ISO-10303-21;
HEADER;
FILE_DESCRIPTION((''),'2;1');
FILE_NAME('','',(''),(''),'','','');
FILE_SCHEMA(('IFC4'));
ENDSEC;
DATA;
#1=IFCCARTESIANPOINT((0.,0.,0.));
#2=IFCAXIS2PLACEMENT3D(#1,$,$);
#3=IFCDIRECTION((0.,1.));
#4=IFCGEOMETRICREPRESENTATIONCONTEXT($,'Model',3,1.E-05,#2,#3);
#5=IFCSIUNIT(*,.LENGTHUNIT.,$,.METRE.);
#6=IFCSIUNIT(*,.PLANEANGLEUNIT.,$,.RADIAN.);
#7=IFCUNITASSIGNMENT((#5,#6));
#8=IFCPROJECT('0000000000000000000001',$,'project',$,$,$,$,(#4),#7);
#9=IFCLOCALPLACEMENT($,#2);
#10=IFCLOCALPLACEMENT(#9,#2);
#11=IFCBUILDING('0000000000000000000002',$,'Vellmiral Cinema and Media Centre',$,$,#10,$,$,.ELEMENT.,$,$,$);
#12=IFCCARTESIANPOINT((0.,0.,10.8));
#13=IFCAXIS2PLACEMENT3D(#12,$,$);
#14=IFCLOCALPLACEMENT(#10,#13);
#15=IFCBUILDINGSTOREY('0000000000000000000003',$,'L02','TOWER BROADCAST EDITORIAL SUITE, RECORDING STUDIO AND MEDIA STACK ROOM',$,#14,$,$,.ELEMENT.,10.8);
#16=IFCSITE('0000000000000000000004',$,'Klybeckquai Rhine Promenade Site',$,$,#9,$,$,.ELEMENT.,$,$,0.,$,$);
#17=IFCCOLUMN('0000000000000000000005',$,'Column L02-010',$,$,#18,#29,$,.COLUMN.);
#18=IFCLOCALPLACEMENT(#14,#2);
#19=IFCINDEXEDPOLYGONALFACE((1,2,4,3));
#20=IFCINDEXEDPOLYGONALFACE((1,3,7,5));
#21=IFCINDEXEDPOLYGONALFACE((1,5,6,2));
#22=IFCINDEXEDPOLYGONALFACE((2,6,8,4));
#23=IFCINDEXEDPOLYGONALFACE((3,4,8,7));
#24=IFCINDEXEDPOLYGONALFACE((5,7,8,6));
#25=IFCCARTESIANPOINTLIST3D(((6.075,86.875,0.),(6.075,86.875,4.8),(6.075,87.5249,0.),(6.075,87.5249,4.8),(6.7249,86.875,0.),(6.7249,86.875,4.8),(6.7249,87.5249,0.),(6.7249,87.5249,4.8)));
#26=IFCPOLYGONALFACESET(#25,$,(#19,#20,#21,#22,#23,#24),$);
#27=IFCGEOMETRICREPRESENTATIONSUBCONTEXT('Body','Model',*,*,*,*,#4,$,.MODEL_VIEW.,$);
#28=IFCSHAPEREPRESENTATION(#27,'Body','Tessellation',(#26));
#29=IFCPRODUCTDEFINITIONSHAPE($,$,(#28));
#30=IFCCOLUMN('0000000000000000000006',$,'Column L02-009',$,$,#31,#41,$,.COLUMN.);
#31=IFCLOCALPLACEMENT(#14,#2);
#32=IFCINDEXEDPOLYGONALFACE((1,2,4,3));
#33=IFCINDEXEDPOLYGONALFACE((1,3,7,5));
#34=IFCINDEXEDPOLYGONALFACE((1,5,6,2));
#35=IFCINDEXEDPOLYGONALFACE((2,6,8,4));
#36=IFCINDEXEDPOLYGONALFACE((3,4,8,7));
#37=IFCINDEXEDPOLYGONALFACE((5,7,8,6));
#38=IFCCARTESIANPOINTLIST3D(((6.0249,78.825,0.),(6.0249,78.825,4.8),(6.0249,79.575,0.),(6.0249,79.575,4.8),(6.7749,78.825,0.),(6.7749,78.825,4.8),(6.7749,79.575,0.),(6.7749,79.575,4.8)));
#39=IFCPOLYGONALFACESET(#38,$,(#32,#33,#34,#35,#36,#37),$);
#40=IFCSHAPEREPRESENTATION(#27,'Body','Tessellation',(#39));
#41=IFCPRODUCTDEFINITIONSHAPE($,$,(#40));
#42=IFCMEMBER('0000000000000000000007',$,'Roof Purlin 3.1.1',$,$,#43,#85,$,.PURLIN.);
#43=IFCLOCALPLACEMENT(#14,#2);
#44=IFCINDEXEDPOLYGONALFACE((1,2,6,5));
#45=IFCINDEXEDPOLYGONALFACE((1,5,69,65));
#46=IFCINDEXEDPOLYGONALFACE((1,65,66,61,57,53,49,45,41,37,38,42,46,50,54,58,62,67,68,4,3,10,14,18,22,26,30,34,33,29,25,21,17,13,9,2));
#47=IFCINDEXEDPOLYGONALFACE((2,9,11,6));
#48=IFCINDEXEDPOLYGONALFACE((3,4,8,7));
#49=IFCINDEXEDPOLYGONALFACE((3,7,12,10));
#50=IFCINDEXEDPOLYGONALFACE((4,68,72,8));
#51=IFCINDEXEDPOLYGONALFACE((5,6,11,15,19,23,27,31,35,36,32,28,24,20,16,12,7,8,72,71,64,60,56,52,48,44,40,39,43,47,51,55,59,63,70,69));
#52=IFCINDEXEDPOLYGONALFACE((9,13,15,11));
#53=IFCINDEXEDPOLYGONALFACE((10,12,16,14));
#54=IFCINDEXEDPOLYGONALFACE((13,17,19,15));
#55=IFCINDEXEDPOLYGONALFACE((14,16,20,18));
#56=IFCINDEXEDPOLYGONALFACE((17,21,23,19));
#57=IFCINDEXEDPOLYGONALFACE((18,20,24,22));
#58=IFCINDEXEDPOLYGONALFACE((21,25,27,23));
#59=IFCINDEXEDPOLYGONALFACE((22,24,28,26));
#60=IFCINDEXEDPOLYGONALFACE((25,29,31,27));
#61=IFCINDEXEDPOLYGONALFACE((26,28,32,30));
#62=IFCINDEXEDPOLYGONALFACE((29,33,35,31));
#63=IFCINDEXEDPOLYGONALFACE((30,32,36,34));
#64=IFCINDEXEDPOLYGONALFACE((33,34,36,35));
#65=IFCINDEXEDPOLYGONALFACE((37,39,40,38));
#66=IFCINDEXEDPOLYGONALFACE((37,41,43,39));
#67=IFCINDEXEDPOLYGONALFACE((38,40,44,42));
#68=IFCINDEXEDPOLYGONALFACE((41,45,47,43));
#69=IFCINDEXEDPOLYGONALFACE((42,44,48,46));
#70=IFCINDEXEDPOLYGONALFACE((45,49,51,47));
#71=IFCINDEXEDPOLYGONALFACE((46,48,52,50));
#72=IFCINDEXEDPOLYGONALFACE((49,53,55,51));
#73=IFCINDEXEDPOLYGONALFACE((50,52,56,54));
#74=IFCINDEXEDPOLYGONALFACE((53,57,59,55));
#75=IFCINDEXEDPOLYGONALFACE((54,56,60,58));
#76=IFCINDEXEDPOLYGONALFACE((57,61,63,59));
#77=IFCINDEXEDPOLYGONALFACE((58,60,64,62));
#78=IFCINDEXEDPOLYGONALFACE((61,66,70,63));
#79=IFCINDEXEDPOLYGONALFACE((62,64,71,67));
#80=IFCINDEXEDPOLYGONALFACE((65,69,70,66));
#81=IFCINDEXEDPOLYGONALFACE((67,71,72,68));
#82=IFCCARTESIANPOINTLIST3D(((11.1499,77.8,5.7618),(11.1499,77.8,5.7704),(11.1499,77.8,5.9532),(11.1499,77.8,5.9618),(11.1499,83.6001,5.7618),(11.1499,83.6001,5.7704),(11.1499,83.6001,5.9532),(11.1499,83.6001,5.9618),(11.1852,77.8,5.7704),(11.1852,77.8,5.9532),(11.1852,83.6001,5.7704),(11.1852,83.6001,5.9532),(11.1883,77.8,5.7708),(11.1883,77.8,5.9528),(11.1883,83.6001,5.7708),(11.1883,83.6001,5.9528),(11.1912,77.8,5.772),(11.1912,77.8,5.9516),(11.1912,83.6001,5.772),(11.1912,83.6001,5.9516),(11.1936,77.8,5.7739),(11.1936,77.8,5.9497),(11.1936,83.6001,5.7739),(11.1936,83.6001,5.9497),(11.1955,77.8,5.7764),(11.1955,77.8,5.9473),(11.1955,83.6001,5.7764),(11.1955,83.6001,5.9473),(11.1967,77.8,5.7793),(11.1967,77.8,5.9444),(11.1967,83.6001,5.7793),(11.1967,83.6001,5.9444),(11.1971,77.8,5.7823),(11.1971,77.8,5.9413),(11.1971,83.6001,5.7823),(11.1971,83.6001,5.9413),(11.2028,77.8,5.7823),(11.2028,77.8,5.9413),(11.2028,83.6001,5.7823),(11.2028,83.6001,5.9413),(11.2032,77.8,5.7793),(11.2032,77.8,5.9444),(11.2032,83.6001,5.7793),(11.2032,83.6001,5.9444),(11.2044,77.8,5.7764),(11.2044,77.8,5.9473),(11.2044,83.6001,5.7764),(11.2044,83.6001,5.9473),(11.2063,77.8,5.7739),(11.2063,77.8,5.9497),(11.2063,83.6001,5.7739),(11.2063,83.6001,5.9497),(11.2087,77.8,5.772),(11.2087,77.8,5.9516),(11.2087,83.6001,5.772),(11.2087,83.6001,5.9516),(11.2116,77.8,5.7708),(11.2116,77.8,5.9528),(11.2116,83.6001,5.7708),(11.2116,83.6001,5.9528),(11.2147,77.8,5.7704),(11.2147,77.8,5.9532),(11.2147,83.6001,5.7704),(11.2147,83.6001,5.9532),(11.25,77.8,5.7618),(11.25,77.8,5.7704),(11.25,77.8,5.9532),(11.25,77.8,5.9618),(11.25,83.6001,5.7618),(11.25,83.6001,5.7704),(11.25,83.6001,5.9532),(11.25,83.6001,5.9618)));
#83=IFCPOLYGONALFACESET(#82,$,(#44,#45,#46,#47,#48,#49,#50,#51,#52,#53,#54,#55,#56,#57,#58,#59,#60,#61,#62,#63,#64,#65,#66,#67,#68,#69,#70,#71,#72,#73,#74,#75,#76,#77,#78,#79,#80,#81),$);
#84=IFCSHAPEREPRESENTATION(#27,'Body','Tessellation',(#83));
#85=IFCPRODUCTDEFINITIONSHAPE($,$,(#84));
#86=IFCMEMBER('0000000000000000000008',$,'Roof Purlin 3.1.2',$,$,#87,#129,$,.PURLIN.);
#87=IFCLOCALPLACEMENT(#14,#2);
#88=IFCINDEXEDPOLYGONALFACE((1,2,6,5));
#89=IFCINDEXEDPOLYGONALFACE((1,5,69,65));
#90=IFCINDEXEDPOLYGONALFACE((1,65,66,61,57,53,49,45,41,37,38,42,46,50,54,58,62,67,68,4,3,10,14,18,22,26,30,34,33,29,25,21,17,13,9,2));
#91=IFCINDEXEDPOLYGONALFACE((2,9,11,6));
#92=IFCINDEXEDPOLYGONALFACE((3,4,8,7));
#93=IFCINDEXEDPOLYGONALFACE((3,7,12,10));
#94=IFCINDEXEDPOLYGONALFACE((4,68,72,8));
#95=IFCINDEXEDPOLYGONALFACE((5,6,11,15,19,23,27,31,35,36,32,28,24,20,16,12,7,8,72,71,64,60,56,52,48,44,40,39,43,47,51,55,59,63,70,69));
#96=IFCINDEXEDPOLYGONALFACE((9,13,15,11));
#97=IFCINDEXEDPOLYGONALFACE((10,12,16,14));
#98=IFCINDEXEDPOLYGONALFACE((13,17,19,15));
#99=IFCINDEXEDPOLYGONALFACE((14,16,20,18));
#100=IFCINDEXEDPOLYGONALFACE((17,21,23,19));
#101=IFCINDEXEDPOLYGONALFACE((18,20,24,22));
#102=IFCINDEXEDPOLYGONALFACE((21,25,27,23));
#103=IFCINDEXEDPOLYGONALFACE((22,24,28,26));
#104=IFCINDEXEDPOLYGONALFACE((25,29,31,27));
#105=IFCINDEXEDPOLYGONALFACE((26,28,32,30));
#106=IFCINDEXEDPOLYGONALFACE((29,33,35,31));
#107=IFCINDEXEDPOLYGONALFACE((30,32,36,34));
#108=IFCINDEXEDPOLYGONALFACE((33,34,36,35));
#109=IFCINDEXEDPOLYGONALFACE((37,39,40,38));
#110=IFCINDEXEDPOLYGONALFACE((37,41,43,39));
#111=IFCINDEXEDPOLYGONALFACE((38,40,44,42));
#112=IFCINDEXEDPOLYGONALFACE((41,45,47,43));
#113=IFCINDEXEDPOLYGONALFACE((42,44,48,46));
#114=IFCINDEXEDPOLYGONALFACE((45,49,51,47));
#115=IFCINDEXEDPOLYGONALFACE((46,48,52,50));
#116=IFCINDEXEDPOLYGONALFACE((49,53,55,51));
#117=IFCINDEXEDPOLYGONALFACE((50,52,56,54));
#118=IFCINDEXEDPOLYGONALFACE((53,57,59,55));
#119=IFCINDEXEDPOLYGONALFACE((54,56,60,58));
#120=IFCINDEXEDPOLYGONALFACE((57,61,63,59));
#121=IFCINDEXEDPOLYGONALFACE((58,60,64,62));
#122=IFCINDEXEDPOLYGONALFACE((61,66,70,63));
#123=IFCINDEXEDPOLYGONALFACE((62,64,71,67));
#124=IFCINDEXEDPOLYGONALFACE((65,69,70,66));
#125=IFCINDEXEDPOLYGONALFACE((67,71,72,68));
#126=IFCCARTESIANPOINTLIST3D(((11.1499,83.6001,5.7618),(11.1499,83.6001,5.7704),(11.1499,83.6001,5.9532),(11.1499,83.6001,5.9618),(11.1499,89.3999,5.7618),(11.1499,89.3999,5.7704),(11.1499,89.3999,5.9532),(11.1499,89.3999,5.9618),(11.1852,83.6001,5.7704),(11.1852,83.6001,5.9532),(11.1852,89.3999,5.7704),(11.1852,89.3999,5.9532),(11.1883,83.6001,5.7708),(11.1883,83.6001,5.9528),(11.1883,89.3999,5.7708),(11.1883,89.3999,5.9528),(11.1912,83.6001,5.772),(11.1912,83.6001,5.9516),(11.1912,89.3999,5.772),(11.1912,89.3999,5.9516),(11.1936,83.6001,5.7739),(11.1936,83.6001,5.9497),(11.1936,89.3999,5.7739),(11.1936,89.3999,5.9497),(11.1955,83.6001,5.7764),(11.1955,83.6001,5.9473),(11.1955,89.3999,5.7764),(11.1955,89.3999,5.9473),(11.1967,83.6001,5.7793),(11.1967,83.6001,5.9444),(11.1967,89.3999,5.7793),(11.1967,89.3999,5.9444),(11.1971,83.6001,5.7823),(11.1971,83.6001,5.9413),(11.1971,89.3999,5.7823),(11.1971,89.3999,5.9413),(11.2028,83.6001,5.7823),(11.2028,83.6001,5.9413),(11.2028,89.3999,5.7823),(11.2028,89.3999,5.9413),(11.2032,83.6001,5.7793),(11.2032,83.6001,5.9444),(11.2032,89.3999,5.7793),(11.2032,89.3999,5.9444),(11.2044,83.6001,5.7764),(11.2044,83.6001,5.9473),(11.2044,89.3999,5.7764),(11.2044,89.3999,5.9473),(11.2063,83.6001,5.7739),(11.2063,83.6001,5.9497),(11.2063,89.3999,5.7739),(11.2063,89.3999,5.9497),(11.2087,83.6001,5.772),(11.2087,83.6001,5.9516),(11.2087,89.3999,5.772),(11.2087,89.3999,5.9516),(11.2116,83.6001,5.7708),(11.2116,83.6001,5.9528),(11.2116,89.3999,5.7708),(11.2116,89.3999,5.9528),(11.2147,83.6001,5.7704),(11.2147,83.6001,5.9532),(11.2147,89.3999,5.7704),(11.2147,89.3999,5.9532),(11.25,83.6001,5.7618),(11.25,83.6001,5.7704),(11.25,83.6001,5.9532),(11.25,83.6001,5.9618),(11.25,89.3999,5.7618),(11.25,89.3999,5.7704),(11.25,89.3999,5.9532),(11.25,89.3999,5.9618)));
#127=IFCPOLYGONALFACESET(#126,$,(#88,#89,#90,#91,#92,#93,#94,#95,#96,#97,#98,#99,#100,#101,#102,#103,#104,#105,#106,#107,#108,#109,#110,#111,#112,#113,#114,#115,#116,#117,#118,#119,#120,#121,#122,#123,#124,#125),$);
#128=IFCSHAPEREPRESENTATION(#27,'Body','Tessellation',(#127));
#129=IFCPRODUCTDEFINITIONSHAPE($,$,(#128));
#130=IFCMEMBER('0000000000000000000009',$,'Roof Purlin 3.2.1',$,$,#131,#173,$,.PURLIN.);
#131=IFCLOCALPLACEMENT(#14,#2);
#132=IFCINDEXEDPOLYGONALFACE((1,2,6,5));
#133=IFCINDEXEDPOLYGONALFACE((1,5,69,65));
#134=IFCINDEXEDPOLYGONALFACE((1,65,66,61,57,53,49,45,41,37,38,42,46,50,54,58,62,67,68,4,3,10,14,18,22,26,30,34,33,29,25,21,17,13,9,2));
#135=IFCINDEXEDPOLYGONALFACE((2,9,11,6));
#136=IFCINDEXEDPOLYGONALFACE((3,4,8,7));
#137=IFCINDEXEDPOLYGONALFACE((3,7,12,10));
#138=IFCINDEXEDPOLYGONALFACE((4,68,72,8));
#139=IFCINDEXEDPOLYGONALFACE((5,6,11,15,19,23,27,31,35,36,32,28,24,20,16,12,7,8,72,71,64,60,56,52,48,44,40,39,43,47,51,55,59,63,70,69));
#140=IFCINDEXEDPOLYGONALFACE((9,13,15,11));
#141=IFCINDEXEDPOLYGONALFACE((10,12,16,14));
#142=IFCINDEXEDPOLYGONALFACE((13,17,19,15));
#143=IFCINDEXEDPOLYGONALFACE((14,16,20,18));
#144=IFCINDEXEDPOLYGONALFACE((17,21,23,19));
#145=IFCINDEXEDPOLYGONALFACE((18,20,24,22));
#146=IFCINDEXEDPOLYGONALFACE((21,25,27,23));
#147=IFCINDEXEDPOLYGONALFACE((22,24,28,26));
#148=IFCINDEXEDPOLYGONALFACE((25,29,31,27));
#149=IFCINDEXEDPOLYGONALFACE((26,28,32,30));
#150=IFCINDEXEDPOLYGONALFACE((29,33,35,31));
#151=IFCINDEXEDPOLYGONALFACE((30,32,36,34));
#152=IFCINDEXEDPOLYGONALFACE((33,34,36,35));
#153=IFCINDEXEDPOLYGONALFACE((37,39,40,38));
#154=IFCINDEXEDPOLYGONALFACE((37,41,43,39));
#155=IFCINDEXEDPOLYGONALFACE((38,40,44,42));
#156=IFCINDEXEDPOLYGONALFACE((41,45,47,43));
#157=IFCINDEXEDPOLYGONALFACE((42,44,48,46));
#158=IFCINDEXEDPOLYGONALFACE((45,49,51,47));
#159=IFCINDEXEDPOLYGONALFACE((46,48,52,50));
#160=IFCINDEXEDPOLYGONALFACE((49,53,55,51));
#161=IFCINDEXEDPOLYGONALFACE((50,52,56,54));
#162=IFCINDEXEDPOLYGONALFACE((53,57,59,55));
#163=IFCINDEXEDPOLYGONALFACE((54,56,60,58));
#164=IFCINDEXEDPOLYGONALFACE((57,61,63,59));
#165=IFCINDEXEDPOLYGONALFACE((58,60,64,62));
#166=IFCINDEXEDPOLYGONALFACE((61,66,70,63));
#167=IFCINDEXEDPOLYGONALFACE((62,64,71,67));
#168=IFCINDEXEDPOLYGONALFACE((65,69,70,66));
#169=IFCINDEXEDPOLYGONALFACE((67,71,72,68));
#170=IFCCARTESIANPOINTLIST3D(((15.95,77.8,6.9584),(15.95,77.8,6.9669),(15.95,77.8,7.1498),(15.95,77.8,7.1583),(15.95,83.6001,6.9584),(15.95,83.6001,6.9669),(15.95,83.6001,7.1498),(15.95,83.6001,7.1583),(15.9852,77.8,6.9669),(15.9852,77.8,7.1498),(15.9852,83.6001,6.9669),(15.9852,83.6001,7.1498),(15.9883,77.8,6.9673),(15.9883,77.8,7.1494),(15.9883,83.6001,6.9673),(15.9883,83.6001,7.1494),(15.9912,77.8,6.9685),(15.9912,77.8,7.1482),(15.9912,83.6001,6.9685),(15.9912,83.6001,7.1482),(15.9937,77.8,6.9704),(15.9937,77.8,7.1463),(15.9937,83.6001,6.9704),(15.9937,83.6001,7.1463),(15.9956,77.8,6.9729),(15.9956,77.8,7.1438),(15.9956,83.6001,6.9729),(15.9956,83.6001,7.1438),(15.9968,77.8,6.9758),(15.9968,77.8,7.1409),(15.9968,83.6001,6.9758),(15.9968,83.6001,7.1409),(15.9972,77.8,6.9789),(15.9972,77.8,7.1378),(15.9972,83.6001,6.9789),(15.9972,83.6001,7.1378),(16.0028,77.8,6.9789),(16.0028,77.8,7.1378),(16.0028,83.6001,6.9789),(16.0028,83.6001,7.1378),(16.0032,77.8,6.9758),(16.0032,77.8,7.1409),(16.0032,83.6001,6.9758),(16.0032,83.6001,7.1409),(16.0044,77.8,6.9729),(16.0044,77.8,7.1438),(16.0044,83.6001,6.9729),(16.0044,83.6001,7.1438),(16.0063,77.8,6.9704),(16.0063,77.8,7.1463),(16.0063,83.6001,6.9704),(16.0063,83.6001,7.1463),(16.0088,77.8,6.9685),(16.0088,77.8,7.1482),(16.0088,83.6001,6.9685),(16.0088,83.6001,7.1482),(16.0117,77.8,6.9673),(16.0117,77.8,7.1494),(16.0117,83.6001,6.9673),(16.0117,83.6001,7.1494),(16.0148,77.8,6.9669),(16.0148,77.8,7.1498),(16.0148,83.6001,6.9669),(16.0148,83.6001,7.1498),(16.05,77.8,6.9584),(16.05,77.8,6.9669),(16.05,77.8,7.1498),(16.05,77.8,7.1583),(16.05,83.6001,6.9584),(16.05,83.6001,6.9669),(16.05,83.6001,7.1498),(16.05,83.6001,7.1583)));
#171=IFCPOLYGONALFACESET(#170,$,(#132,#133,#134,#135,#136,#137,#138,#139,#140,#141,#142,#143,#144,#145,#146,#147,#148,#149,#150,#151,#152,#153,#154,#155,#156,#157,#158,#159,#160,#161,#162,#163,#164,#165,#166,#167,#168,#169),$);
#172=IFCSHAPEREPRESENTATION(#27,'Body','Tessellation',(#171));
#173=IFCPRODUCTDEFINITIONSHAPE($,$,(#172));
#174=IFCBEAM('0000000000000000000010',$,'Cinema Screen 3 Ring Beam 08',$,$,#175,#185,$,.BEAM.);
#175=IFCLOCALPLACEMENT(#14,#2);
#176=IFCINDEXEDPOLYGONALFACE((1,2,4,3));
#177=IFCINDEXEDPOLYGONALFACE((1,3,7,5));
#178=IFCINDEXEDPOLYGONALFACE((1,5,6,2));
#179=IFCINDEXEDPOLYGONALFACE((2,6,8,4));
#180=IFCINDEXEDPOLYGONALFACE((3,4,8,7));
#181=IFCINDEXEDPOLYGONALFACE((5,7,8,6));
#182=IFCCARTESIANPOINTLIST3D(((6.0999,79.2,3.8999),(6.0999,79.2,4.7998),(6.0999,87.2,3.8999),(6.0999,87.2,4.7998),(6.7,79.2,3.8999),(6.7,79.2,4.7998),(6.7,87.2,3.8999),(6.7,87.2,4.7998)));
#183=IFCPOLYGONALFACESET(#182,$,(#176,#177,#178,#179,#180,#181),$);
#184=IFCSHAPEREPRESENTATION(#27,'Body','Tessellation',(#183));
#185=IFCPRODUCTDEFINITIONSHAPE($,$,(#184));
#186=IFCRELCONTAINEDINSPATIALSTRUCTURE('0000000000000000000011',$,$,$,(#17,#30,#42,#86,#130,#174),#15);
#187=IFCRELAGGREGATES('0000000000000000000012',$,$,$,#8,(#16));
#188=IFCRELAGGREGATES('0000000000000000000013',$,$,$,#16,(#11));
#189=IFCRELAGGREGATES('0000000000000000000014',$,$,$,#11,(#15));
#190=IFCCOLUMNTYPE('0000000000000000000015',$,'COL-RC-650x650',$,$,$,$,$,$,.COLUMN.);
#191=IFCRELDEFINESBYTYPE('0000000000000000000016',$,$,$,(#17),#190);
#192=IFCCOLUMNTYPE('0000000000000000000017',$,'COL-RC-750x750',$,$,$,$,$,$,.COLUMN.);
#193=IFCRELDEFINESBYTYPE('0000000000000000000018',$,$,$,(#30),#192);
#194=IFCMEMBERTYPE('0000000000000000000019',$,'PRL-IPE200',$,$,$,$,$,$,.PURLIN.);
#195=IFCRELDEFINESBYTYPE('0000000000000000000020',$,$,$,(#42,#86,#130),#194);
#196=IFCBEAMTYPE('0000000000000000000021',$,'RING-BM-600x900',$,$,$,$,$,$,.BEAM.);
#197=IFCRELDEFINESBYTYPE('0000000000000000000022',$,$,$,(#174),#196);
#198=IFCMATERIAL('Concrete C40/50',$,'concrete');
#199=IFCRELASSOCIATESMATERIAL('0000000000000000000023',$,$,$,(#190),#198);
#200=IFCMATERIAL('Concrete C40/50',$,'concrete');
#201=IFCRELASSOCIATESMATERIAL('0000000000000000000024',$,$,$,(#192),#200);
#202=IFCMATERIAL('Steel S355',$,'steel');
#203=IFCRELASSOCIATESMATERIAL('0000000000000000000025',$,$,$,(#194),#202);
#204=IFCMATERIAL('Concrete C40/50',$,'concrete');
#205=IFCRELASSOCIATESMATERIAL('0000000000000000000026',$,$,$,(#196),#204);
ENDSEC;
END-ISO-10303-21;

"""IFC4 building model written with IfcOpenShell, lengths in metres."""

from ifc_helpers import new_model, si_unit, direction, frame, origin, origin_2d, place, context, subcontext, project, spatial, rectangle, i_section, extrude, material, material_profile, profile_set, type_object, element, save


model = new_model("IFC4")

# Units and contexts
model_context = context("Model", 3, precision=1e-05, world=origin(), true_north=direction((0.0, 1.0)))
body_context = subcontext(model_context, "Body", "Model", "MODEL_VIEW")
ifc_project = project(units=[si_unit("LENGTHUNIT", "METRE"), si_unit("PLANEANGLEUNIT", "RADIAN")], contexts=[model_context])

# Site, building, storey
site_placement = place(None, origin())
site = spatial("IfcSite", under=ifc_project, at=site_placement, Name="Klybeckquai Rhine Promenade Site", CompositionType="ELEMENT", RefElevation=0.0)
building_placement = place(site_placement, origin())
building = spatial("IfcBuilding", under=site, at=building_placement, Name="Vellmiral Cinema and Media Centre", CompositionType="ELEMENT")
storey_placement = place(building_placement, frame((0.0, 0.0, 10.8)))
storey = spatial("IfcBuildingStorey", under=building, at=storey_placement, Name="L02", Description="TOWER BROADCAST EDITORIAL SUITE, RECORDING STUDIO AND MEDIA STACK ROOM", CompositionType="ELEMENT", Elevation=10.8)

# Columns
ifc_material_1 = material(Name="Concrete C40/50", Category="concrete")
ifc_material_profile_1 = material_profile(ifc_material_1, rectangle(XDim=0.6499, YDim=0.6499, at=origin_2d()), Name="RC 650x650")
ifc_profile_set_1 = profile_set([ifc_material_profile_1], Name="Concrete C40/50")
column_type_1 = type_object("IfcColumnType", Name="COL-RC-650x650", PredefinedType="COLUMN", material=ifc_profile_set_1)
column_1_placement = place(storey_placement, frame((6.3999, 87.2, 0.0), z_axis=(0.0, 0.0, 1.0), x_axis=(1.0, 0.0, 0.0)))
element("IfcColumn", 1, at=column_1_placement, inside=storey, type_object=column_type_1, Name="Column L02-010", PredefinedType="COLUMN", context=body_context, shape_type="SweptSolid", body=[
    extrude(rectangle(XDim=0.6499, YDim=0.6499, at=origin_2d()), origin(), (0.0, 0.0, 1.0), 4.8),
])
ifc_material_2 = material(Name="Concrete C40/50", Category="concrete")
ifc_material_profile_2 = material_profile(ifc_material_2, rectangle(XDim=0.75, YDim=0.75, at=origin_2d()), Name="RC 750x750")
ifc_profile_set_2 = profile_set([ifc_material_profile_2], Name="Concrete C40/50")
column_type_2 = type_object("IfcColumnType", Name="COL-RC-750x750", PredefinedType="COLUMN", material=ifc_profile_set_2)
column_2_placement = place(storey_placement, frame((6.3999, 79.2, 0.0), z_axis=(0.0, 0.0, 1.0), x_axis=(1.0, 0.0, 0.0)))
element("IfcColumn", 2, at=column_2_placement, inside=storey, type_object=column_type_2, Name="Column L02-009", PredefinedType="COLUMN", context=body_context, shape_type="SweptSolid", body=[
    extrude(rectangle(XDim=0.75, YDim=0.75, at=origin_2d()), origin(), (0.0, 0.0, 1.0), 4.8),
])

# Members
ifc_material_3 = material(Name="Steel S355", Category="steel")
ifc_material_profile_3 = material_profile(ifc_material_3, i_section(OverallWidth=0.1001, OverallDepth=0.2, WebThickness=0.0056, FlangeThickness=0.0085, FilletRadius=0.012, at=origin_2d()), Name="IPE 200")
ifc_profile_set_3 = profile_set([ifc_material_profile_3], Name="Steel S355")
member_type_1 = type_object("IfcMemberType", Name="PRL-IPE200", PredefinedType="PURLIN", material=ifc_profile_set_3)
member_1_placement = place(storey_placement, frame((11.2, 77.8, 5.8618), z_axis=(0.0, 1.0, 0.0), x_axis=(-1.0, 0.0, 0.0)))
element("IfcMember", 3, at=member_1_placement, inside=storey, type_object=member_type_1, Name="Roof Purlin 3.1.1", PredefinedType="PURLIN", context=body_context, shape_type="SweptSolid", body=[
    extrude(i_section(OverallWidth=0.1001, OverallDepth=0.2, WebThickness=0.0056, FlangeThickness=0.0085, FilletRadius=0.012, at=origin_2d()), origin(), (0.0, 0.0, 1.0), 5.8),
])
member_2_placement = place(storey_placement, frame((11.2, 83.6001, 5.8618), z_axis=(0.0, 1.0, 0.0), x_axis=(-1.0, 0.0, 0.0)))
element("IfcMember", 4, at=member_2_placement, inside=storey, type_object=member_type_1, Name="Roof Purlin 3.1.2", PredefinedType="PURLIN", context=body_context, shape_type="SweptSolid", body=[
    extrude(i_section(OverallWidth=0.1001, OverallDepth=0.2, WebThickness=0.0056, FlangeThickness=0.0085, FilletRadius=0.012, at=origin_2d()), origin(), (0.0, 0.0, 1.0), 5.7998),
])
member_3_placement = place(storey_placement, frame((16.0, 77.8, 7.0583), z_axis=(0.0, 1.0, 0.0), x_axis=(-1.0, 0.0, 0.0)))
element("IfcMember", 5, at=member_3_placement, inside=storey, type_object=member_type_1, Name="Roof Purlin 3.2.1", PredefinedType="PURLIN", context=body_context, shape_type="SweptSolid", body=[
    extrude(i_section(OverallWidth=0.1001, OverallDepth=0.2, WebThickness=0.0056, FlangeThickness=0.0085, FilletRadius=0.012, at=origin_2d()), origin(), (0.0, 0.0, 1.0), 5.8),
])

# Beam
ifc_material_4 = material(Name="Concrete C40/50", Category="concrete")
ifc_material_profile_4 = material_profile(ifc_material_4, rectangle(XDim=0.6001, YDim=0.8999, at=origin_2d()), Name="RC 600x900")
ifc_profile_set_4 = profile_set([ifc_material_profile_4], Name="Concrete C40/50")
beam_type = type_object("IfcBeamType", Name="RING-BM-600x900", PredefinedType="BEAM", material=ifc_profile_set_4)
for number, where, z_axis, x_axis, name in (
    (6, (6.3999, 79.2, 4.3499), (0.0, 1.0, 0.0), (-1.0, 0.0, 0.0), "Cinema Screen 3 Ring Beam 08"),
):
    element("IfcBeam", number, at=place(storey_placement, frame(where, z_axis=z_axis, x_axis=x_axis)), inside=storey, type_object=beam_type, Name=name, PredefinedType="BEAM", context=body_context, shape_type="SweptSolid", body=[
        extrude(rectangle(XDim=0.6001, YDim=0.8999, at=origin_2d()), origin(), (0.0, 0.0, 1.0), 8.0),
    ])

save(model, "model.ifc")
